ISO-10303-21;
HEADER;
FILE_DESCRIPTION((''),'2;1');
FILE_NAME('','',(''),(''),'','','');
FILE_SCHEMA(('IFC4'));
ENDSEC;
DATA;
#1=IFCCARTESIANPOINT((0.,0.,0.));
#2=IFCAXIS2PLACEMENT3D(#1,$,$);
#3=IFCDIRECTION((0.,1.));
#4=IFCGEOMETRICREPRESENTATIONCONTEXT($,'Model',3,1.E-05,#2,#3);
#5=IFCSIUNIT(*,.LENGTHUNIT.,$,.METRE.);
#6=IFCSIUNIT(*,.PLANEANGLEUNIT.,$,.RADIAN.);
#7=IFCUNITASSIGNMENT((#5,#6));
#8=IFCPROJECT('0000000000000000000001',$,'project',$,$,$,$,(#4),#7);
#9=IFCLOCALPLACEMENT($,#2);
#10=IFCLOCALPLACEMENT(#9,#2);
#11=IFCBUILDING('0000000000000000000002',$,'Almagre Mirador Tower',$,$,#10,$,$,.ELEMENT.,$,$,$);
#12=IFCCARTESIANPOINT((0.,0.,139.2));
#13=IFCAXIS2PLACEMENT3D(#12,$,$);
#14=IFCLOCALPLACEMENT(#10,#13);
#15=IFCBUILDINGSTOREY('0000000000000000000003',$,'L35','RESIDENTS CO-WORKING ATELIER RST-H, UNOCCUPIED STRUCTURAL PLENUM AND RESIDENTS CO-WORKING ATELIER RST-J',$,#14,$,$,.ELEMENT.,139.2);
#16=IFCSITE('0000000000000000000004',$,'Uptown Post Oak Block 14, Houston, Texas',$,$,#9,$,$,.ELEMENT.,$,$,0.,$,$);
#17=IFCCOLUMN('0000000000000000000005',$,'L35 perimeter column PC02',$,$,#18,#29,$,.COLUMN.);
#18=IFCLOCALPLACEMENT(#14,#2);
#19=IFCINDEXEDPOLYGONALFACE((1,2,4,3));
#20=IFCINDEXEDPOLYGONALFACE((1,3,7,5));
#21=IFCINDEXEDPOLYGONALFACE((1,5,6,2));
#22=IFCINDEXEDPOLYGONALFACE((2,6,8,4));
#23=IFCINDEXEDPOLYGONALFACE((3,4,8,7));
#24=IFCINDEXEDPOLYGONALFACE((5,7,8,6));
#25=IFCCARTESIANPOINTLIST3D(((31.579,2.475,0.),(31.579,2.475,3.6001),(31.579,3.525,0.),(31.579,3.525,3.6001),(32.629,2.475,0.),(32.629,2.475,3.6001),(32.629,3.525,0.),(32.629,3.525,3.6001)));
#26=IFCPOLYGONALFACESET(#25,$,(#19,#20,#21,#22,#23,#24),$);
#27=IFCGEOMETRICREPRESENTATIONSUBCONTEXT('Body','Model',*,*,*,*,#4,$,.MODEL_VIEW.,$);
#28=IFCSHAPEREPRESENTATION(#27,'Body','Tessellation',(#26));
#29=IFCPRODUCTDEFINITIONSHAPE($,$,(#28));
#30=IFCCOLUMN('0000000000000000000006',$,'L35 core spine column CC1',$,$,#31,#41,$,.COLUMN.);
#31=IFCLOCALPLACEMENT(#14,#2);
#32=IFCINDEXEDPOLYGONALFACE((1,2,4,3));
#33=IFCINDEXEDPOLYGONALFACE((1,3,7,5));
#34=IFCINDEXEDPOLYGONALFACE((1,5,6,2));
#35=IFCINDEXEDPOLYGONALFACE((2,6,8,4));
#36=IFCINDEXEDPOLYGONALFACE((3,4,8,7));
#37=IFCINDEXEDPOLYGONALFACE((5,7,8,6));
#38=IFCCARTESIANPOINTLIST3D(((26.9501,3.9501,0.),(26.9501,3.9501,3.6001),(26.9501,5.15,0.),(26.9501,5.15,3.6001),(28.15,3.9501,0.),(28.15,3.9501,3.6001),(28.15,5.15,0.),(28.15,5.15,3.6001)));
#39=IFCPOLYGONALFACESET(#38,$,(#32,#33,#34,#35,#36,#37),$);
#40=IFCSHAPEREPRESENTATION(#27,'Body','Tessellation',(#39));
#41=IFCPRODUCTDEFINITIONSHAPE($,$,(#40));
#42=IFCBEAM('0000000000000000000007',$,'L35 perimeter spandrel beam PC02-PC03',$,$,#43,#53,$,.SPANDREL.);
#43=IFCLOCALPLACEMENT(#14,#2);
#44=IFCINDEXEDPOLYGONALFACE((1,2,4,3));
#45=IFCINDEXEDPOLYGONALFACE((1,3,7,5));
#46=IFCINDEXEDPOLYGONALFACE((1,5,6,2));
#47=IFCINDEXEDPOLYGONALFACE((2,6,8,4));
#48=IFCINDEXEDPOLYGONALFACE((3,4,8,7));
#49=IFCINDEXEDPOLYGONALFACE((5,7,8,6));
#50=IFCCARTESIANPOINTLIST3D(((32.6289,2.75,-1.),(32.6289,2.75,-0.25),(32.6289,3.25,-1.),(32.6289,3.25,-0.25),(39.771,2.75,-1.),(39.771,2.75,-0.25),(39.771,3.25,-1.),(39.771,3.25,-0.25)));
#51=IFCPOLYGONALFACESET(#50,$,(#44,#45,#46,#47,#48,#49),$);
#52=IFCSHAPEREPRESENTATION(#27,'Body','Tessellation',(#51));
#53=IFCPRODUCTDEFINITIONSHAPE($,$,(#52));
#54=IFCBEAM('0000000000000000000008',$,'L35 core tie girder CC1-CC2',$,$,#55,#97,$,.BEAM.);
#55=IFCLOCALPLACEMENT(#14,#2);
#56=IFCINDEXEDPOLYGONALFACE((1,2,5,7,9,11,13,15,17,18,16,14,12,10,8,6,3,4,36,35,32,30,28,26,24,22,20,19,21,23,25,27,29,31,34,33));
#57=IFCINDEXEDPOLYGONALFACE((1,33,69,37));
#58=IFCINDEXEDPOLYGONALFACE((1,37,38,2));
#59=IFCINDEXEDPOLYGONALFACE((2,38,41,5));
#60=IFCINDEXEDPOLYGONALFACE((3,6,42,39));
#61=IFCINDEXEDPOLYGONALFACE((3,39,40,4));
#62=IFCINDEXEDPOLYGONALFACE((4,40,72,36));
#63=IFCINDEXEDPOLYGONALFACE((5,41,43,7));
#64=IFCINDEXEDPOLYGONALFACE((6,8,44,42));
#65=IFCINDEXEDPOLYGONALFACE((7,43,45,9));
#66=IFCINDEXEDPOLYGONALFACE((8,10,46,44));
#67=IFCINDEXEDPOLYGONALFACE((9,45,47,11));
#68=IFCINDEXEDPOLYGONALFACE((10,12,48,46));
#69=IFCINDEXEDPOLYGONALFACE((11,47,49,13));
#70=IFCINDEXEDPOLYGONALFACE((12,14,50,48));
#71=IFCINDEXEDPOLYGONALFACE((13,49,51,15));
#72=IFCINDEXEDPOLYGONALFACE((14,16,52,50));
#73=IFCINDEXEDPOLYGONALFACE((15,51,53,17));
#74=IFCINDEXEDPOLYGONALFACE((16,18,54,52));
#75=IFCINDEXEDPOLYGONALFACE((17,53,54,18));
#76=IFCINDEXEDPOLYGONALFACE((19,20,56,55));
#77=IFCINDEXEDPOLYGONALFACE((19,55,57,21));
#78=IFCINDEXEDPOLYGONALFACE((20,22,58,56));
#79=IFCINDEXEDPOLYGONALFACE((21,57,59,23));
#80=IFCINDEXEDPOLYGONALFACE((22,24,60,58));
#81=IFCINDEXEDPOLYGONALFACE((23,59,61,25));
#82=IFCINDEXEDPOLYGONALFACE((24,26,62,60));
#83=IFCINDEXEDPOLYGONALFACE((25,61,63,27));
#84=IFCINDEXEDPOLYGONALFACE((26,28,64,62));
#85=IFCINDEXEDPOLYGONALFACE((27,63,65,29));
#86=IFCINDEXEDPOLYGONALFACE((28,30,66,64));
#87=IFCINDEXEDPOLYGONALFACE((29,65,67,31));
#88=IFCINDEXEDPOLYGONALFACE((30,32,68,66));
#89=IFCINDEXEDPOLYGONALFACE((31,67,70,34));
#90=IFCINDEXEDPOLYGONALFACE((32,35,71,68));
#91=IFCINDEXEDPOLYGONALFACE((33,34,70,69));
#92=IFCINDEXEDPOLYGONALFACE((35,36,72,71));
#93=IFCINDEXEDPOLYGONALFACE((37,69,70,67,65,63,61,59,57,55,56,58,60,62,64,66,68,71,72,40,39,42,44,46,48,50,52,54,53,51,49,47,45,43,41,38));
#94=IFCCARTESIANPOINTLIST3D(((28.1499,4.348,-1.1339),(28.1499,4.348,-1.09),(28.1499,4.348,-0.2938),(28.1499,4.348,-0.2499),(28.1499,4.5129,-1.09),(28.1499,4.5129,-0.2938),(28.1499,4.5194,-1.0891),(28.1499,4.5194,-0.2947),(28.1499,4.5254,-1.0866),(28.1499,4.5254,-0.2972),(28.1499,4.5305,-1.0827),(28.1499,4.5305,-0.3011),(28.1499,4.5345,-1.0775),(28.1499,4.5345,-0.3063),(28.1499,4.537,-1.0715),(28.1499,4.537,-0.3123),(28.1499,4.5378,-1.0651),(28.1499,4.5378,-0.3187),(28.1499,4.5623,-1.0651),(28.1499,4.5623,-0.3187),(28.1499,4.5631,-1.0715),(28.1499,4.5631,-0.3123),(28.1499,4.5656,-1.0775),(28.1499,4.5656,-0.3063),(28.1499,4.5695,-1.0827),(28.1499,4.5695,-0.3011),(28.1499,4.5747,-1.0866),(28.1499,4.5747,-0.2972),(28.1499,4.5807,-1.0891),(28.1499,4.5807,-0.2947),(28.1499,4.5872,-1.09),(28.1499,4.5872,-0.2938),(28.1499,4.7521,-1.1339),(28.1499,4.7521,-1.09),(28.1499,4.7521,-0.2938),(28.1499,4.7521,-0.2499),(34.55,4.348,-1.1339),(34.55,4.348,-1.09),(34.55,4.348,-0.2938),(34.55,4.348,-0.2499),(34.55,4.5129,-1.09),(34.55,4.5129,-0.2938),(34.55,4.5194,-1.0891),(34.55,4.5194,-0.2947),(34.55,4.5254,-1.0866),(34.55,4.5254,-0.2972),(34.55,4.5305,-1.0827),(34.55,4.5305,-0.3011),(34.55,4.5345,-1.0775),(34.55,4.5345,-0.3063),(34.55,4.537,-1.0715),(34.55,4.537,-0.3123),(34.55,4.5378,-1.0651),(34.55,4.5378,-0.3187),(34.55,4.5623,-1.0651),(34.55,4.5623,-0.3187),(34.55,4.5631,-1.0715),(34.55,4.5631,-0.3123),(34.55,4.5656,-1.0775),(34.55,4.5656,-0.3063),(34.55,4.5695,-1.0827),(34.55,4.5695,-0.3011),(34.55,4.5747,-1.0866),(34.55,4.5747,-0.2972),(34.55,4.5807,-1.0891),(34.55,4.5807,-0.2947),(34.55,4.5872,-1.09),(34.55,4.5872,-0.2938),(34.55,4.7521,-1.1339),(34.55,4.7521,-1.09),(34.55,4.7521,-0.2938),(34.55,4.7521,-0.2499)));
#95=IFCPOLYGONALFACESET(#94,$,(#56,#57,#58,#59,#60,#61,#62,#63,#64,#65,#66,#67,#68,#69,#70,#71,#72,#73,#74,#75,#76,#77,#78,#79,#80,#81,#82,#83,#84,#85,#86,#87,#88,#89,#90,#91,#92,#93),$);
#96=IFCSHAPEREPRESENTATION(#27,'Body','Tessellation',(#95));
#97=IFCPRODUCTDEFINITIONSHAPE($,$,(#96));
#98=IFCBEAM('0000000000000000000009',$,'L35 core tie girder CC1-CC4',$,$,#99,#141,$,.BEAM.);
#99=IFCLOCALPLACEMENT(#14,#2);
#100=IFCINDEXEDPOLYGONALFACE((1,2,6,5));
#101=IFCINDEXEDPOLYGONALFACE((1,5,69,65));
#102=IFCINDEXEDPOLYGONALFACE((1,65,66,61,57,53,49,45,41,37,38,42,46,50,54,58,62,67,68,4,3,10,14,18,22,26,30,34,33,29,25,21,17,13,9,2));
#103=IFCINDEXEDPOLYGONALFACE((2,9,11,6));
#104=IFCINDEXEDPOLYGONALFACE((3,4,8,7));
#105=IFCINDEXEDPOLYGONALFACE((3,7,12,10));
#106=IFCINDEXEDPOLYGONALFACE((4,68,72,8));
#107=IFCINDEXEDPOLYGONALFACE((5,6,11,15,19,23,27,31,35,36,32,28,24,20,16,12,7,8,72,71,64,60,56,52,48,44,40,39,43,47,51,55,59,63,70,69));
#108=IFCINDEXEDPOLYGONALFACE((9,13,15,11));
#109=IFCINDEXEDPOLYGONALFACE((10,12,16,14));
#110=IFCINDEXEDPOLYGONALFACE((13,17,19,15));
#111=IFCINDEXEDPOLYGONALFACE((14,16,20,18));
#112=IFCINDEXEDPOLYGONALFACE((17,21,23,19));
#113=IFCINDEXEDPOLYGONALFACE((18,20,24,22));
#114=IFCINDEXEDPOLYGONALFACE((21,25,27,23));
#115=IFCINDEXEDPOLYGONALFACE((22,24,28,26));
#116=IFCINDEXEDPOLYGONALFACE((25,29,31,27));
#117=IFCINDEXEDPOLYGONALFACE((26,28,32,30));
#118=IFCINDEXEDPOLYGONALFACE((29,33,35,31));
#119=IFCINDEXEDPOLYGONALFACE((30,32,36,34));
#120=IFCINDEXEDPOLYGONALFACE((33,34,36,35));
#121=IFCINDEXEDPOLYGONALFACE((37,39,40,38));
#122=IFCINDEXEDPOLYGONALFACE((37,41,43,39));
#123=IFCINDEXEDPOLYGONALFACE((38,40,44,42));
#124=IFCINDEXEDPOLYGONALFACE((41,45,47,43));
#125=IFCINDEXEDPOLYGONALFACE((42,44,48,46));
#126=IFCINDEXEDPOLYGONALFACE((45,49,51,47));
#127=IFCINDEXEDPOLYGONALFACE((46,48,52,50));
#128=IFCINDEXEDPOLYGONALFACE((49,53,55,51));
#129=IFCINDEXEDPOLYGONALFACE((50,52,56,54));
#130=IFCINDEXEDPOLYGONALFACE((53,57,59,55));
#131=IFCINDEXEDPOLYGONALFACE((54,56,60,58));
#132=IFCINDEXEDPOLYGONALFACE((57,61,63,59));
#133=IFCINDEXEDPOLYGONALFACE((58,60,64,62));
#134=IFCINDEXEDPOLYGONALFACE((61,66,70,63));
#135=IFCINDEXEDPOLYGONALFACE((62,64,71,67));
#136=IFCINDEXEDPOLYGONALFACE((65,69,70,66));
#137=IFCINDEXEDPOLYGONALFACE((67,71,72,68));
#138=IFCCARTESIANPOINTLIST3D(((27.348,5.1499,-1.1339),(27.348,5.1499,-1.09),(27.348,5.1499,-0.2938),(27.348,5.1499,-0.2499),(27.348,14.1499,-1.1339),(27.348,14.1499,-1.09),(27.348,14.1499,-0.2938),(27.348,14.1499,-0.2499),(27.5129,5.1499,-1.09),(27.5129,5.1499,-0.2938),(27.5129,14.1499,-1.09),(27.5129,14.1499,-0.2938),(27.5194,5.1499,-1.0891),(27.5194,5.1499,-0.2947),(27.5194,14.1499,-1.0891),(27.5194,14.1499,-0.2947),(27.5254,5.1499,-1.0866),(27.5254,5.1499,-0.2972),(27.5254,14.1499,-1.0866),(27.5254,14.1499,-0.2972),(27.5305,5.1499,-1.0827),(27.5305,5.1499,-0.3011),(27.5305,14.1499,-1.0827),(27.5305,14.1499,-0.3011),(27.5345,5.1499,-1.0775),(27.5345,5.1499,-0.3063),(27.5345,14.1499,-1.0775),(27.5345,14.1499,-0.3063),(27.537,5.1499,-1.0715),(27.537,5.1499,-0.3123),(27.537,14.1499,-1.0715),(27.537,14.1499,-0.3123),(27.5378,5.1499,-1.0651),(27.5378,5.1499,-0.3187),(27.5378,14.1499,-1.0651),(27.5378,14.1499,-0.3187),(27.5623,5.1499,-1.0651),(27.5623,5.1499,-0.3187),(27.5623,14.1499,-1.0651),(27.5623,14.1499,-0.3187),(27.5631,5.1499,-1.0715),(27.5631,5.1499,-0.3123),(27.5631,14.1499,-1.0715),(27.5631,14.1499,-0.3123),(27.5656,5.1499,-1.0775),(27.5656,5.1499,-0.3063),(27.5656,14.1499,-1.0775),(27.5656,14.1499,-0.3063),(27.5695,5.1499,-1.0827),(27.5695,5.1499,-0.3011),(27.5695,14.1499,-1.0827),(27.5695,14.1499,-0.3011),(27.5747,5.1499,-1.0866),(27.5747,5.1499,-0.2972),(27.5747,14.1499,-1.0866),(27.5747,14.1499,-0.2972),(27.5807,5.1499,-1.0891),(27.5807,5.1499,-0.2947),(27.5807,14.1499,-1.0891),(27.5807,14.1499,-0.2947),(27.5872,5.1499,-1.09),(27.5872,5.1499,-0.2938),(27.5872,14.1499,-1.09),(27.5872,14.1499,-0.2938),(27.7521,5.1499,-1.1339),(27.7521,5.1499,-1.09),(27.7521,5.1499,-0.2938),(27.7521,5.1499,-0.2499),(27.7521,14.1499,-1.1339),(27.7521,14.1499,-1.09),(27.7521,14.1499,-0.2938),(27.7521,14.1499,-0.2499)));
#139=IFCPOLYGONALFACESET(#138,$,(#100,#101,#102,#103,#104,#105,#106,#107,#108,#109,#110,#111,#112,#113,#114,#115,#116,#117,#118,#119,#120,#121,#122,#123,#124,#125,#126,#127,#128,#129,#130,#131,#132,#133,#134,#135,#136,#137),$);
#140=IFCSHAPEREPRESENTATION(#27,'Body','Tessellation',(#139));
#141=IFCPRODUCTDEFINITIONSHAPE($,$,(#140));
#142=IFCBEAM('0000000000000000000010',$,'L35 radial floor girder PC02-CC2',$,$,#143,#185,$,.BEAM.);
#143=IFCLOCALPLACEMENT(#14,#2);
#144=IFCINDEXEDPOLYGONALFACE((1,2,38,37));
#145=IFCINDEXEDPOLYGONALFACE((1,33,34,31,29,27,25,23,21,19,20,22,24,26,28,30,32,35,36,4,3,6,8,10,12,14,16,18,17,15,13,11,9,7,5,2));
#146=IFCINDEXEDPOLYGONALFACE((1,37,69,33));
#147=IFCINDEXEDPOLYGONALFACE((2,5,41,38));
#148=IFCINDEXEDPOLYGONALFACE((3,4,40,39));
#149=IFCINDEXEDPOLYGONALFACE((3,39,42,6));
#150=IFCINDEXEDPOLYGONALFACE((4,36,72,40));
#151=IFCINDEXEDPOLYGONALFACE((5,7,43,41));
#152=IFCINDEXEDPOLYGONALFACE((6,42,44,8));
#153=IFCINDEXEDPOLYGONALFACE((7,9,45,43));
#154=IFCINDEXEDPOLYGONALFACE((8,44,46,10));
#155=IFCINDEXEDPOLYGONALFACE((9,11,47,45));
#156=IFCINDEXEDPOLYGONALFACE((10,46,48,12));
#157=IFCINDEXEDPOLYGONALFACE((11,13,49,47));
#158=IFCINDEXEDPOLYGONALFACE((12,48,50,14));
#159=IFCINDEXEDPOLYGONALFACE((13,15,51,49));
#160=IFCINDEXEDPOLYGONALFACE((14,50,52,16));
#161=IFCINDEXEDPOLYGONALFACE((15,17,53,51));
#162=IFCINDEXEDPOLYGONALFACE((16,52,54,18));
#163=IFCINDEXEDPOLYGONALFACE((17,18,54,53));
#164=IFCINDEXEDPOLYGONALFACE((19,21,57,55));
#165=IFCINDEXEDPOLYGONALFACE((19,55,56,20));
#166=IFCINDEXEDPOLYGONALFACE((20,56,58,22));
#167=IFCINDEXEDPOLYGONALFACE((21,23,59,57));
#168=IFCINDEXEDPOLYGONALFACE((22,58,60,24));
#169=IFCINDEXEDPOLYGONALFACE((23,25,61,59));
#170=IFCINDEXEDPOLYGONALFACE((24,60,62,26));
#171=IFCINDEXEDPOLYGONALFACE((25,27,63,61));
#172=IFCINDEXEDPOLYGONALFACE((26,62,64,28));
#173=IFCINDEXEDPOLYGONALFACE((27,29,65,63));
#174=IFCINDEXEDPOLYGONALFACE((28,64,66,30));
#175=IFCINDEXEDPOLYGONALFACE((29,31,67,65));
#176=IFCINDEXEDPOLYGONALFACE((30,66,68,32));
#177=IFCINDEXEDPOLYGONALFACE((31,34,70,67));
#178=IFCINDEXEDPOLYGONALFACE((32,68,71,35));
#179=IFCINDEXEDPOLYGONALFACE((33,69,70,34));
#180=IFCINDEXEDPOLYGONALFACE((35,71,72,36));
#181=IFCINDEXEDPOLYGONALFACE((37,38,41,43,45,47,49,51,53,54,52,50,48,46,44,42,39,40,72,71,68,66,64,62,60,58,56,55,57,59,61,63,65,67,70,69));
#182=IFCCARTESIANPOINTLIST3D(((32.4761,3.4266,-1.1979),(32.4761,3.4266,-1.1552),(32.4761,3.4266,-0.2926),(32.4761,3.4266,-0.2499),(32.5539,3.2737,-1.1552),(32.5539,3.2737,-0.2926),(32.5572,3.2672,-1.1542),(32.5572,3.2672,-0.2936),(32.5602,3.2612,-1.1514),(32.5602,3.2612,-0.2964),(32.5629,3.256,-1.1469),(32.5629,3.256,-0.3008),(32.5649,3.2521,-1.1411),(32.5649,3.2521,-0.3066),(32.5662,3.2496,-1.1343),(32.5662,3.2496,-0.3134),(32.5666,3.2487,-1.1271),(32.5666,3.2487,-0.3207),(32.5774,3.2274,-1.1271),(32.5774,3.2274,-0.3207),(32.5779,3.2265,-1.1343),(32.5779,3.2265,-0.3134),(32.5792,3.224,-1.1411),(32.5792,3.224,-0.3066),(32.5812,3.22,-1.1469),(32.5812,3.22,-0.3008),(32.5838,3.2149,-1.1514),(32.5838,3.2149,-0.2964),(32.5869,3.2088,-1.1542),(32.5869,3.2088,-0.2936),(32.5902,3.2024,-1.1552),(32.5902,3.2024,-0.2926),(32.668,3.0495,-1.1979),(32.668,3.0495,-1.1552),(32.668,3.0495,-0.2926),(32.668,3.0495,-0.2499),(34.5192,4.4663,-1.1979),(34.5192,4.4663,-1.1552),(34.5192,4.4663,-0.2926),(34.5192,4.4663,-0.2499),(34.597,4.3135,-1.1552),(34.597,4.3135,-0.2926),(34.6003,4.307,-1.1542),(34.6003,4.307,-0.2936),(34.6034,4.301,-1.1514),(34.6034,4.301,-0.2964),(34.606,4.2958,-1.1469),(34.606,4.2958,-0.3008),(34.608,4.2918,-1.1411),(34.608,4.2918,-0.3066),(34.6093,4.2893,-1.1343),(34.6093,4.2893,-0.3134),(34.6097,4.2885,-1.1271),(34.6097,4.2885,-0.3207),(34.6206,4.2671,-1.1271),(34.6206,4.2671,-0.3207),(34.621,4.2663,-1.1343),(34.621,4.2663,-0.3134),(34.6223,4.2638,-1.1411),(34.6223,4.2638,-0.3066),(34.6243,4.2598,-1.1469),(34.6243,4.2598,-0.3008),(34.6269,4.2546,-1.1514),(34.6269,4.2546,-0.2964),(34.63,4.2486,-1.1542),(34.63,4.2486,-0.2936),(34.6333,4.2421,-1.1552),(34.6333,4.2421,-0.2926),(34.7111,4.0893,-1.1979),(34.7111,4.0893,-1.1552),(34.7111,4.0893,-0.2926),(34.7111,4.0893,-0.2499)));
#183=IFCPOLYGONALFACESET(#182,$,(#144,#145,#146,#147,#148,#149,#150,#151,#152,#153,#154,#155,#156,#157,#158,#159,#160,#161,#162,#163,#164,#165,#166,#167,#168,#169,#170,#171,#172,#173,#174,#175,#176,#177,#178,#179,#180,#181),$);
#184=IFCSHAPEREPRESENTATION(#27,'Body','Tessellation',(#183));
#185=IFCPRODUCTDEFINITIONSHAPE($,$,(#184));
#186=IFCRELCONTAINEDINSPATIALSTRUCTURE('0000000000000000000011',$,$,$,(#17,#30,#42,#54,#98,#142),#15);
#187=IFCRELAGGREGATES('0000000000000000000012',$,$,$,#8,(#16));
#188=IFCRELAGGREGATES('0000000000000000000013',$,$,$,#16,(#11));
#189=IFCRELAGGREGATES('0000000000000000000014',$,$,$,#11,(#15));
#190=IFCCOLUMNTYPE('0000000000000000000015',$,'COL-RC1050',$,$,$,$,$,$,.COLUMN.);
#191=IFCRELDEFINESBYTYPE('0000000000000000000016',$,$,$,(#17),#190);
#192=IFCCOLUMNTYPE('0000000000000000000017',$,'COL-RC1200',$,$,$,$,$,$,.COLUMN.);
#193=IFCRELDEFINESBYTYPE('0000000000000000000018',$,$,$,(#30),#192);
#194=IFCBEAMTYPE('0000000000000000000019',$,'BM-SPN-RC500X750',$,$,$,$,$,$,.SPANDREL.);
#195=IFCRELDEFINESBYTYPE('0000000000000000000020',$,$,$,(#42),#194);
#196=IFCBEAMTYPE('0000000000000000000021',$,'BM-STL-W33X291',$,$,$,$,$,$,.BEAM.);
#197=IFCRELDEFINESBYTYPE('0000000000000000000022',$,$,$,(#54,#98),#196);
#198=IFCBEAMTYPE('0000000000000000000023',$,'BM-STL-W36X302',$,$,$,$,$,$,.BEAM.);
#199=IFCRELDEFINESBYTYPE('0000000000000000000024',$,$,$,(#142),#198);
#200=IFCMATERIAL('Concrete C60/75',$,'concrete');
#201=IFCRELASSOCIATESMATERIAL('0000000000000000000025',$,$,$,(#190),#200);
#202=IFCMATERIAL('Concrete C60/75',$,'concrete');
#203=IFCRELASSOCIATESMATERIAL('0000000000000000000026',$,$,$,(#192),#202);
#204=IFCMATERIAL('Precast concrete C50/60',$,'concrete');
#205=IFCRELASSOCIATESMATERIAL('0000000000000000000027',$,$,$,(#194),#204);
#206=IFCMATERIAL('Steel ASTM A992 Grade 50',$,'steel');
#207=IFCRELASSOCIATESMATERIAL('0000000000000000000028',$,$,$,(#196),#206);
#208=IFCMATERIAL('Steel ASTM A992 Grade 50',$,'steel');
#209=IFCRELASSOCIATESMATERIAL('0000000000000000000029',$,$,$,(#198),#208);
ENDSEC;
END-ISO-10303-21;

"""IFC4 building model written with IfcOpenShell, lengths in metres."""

from ifc_helpers import new_model, si_unit, direction, frame, origin, origin_2d, place, context, subcontext, project, spatial, rectangle, i_section, extrude, material, material_profile, profile_set, type_object, element, save


model = new_model("IFC4")

# Units and contexts
model_context = context("Model", 3, precision=1e-05, world=origin(), true_north=direction((0.0, 1.0)))
body_context = subcontext(model_context, "Body", "Model", "MODEL_VIEW")
ifc_project = project(units=[si_unit("LENGTHUNIT", "METRE"), si_unit("PLANEANGLEUNIT", "RADIAN")], contexts=[model_context])

# Site, building, storey
site_placement = place(None, origin())
site = spatial("IfcSite", under=ifc_project, at=site_placement, Name="Uptown Post Oak Block 14, Houston, Texas", CompositionType="ELEMENT", RefElevation=0.0)
building_placement = place(site_placement, origin())
building = spatial("IfcBuilding", under=site, at=building_placement, Name="Almagre Mirador Tower", CompositionType="ELEMENT")
storey_placement = place(building_placement, frame((0.0, 0.0, 139.2)))
storey = spatial("IfcBuildingStorey", under=building, at=storey_placement, Name="L35", Description="RESIDENTS CO-WORKING ATELIER RST-H, UNOCCUPIED STRUCTURAL PLENUM AND RESIDENTS CO-WORKING ATELIER RST-J", CompositionType="ELEMENT", Elevation=139.2)

# Columns
ifc_material_1 = material(Name="Concrete C60/75", Category="concrete")
ifc_material_profile_1 = material_profile(ifc_material_1, rectangle(XDim=1.05, YDim=1.05, at=origin_2d()), Name="RC1050X1050")
ifc_profile_set_1 = profile_set([ifc_material_profile_1], Name="Concrete C60/75")
column_type_1 = type_object("IfcColumnType", Name="COL-RC1050", PredefinedType="COLUMN", material=ifc_profile_set_1)
column_1_placement = place(storey_placement, frame((32.104, 3.0, 0.0), z_axis=(0.0, 0.0, 1.0), x_axis=(1.0, 0.0, 0.0)))
element("IfcColumn", 1, at=column_1_placement, inside=storey, type_object=column_type_1, Name="L35 perimeter column PC02", PredefinedType="COLUMN", context=body_context, shape_type="SweptSolid", body=[
    extrude(rectangle(XDim=1.05, YDim=1.05, at=origin_2d()), origin(), (0.0, 0.0, 1.0), 3.6001),
])
ifc_material_2 = material(Name="Concrete C60/75", Category="concrete")
ifc_material_profile_2 = material_profile(ifc_material_2, rectangle(XDim=1.2, YDim=1.2, at=origin_2d()), Name="RC1200X1200")
ifc_profile_set_2 = profile_set([ifc_material_profile_2], Name="Concrete C60/75")
column_type_2 = type_object("IfcColumnType", Name="COL-RC1200", PredefinedType="COLUMN", material=ifc_profile_set_2)
column_2_placement = place(storey_placement, frame((27.55, 4.55, 0.0), z_axis=(0.0, 0.0, 1.0), x_axis=(1.0, 0.0, 0.0)))
element("IfcColumn", 2, at=column_2_placement, inside=storey, type_object=column_type_2, Name="L35 core spine column CC1", PredefinedType="COLUMN", context=body_context, shape_type="SweptSolid", body=[
    extrude(rectangle(XDim=1.2, YDim=1.2, at=origin_2d()), origin(), (0.0, 0.0, 1.0), 3.6001),
])

# Beams
ifc_material_3 = material(Name="Precast concrete C50/60", Category="concrete")
ifc_material_profile_3 = material_profile(ifc_material_3, rectangle(XDim=0.5, YDim=0.75, at=origin_2d()), Name="RC500X750")
ifc_profile_set_3 = profile_set([ifc_material_profile_3], Name="Precast concrete C50/60")
beam_type_1 = type_object("IfcBeamType", Name="BM-SPN-RC500X750", PredefinedType="SPANDREL", material=ifc_profile_set_3)
beam_1_placement = place(storey_placement, frame((32.6289, 3.0, -0.625), z_axis=(1.0, 0.0, 0.0), x_axis=(0.0, 1.0, 0.0)))
element("IfcBeam", 3, at=beam_1_placement, inside=storey, type_object=beam_type_1, Name="L35 perimeter spandrel beam PC02-PC03", PredefinedType="SPANDREL", context=body_context, shape_type="SweptSolid", body=[
    extrude(rectangle(XDim=0.5, YDim=0.75, at=origin_2d()), origin(), (0.0, 0.0, 1.0), 7.1421),
])
ifc_material_4 = material(Name="Steel ASTM A992 Grade 50", Category="steel")
ifc_material_profile_4 = material_profile(ifc_material_4, i_section(OverallWidth=0.4041, OverallDepth=0.884, WebThickness=0.0244, FlangeThickness=0.0439, FilletRadius=0.0249, at=origin_2d()), Name="W33X291")
ifc_profile_set_4 = profile_set([ifc_material_profile_4], Name="Steel ASTM A992 Grade 50")
beam_type_2 = type_object("IfcBeamType", Name="BM-STL-W33X291", PredefinedType="BEAM", material=ifc_profile_set_4)
beam_2_placement = place(storey_placement, frame((28.1499, 4.55, -0.6919), z_axis=(1.0, 0.0, 0.0), x_axis=(0.0, 1.0, 0.0)))
element("IfcBeam", 4, at=beam_2_placement, inside=storey, type_object=beam_type_2, Name="L35 core tie girder CC1-CC2", PredefinedType="BEAM", context=body_context, shape_type="SweptSolid", body=[
    extrude(i_section(OverallWidth=0.4041, OverallDepth=0.884, WebThickness=0.0244, FlangeThickness=0.0439, FilletRadius=0.0249, at=origin_2d()), origin(), (0.0, 0.0, 1.0), 6.4001),
])
beam_3_placement = place(storey_placement, frame((27.55, 5.1499, -0.6919), z_axis=(0.0, 1.0, 0.0), x_axis=(-1.0, 0.0, 0.0)))
element("IfcBeam", 5, at=beam_3_placement, inside=storey, type_object=beam_type_2, Name="L35 core tie girder CC1-CC4", PredefinedType="BEAM", context=body_context, shape_type="SweptSolid", body=[
    extrude(i_section(OverallWidth=0.4041, OverallDepth=0.884, WebThickness=0.0244, FlangeThickness=0.0439, FilletRadius=0.0249, at=origin_2d()), origin(), (0.0, 0.0, 1.0), 9.0),
])
ifc_material_5 = material(Name="Steel ASTM A992 Grade 50", Category="steel")
ifc_material_profile_5 = material_profile(ifc_material_5, i_section(OverallWidth=0.4231, OverallDepth=0.948, WebThickness=0.0239, FlangeThickness=0.0427, FilletRadius=0.0281, at=origin_2d()), Name="W36X302")
ifc_profile_set_5 = profile_set([ifc_material_profile_5], Name="Steel ASTM A992 Grade 50")
beam_type_3 = type_object("IfcBeamType", Name="BM-STL-W36X302", PredefinedType="BEAM", material=ifc_profile_set_5)
beam_4_placement = place(storey_placement, frame((32.572, 3.238, -0.7239), z_axis=(0.891231, 0.453549, 0.0), x_axis=(-0.453549, 0.891231, 0.0)))
element("IfcBeam", 6, at=beam_4_placement, inside=storey, type_object=beam_type_3, Name="L35 radial floor girder PC02-CC2", PredefinedType="BEAM", context=body_context, shape_type="SweptSolid", body=[
    extrude(i_section(OverallWidth=0.4231, OverallDepth=0.948, WebThickness=0.0239, FlangeThickness=0.0427, FilletRadius=0.0281, at=origin_2d()), origin(), (0.0, 0.0, 1.0), 2.2925),
])

save(model, "model.ifc")
